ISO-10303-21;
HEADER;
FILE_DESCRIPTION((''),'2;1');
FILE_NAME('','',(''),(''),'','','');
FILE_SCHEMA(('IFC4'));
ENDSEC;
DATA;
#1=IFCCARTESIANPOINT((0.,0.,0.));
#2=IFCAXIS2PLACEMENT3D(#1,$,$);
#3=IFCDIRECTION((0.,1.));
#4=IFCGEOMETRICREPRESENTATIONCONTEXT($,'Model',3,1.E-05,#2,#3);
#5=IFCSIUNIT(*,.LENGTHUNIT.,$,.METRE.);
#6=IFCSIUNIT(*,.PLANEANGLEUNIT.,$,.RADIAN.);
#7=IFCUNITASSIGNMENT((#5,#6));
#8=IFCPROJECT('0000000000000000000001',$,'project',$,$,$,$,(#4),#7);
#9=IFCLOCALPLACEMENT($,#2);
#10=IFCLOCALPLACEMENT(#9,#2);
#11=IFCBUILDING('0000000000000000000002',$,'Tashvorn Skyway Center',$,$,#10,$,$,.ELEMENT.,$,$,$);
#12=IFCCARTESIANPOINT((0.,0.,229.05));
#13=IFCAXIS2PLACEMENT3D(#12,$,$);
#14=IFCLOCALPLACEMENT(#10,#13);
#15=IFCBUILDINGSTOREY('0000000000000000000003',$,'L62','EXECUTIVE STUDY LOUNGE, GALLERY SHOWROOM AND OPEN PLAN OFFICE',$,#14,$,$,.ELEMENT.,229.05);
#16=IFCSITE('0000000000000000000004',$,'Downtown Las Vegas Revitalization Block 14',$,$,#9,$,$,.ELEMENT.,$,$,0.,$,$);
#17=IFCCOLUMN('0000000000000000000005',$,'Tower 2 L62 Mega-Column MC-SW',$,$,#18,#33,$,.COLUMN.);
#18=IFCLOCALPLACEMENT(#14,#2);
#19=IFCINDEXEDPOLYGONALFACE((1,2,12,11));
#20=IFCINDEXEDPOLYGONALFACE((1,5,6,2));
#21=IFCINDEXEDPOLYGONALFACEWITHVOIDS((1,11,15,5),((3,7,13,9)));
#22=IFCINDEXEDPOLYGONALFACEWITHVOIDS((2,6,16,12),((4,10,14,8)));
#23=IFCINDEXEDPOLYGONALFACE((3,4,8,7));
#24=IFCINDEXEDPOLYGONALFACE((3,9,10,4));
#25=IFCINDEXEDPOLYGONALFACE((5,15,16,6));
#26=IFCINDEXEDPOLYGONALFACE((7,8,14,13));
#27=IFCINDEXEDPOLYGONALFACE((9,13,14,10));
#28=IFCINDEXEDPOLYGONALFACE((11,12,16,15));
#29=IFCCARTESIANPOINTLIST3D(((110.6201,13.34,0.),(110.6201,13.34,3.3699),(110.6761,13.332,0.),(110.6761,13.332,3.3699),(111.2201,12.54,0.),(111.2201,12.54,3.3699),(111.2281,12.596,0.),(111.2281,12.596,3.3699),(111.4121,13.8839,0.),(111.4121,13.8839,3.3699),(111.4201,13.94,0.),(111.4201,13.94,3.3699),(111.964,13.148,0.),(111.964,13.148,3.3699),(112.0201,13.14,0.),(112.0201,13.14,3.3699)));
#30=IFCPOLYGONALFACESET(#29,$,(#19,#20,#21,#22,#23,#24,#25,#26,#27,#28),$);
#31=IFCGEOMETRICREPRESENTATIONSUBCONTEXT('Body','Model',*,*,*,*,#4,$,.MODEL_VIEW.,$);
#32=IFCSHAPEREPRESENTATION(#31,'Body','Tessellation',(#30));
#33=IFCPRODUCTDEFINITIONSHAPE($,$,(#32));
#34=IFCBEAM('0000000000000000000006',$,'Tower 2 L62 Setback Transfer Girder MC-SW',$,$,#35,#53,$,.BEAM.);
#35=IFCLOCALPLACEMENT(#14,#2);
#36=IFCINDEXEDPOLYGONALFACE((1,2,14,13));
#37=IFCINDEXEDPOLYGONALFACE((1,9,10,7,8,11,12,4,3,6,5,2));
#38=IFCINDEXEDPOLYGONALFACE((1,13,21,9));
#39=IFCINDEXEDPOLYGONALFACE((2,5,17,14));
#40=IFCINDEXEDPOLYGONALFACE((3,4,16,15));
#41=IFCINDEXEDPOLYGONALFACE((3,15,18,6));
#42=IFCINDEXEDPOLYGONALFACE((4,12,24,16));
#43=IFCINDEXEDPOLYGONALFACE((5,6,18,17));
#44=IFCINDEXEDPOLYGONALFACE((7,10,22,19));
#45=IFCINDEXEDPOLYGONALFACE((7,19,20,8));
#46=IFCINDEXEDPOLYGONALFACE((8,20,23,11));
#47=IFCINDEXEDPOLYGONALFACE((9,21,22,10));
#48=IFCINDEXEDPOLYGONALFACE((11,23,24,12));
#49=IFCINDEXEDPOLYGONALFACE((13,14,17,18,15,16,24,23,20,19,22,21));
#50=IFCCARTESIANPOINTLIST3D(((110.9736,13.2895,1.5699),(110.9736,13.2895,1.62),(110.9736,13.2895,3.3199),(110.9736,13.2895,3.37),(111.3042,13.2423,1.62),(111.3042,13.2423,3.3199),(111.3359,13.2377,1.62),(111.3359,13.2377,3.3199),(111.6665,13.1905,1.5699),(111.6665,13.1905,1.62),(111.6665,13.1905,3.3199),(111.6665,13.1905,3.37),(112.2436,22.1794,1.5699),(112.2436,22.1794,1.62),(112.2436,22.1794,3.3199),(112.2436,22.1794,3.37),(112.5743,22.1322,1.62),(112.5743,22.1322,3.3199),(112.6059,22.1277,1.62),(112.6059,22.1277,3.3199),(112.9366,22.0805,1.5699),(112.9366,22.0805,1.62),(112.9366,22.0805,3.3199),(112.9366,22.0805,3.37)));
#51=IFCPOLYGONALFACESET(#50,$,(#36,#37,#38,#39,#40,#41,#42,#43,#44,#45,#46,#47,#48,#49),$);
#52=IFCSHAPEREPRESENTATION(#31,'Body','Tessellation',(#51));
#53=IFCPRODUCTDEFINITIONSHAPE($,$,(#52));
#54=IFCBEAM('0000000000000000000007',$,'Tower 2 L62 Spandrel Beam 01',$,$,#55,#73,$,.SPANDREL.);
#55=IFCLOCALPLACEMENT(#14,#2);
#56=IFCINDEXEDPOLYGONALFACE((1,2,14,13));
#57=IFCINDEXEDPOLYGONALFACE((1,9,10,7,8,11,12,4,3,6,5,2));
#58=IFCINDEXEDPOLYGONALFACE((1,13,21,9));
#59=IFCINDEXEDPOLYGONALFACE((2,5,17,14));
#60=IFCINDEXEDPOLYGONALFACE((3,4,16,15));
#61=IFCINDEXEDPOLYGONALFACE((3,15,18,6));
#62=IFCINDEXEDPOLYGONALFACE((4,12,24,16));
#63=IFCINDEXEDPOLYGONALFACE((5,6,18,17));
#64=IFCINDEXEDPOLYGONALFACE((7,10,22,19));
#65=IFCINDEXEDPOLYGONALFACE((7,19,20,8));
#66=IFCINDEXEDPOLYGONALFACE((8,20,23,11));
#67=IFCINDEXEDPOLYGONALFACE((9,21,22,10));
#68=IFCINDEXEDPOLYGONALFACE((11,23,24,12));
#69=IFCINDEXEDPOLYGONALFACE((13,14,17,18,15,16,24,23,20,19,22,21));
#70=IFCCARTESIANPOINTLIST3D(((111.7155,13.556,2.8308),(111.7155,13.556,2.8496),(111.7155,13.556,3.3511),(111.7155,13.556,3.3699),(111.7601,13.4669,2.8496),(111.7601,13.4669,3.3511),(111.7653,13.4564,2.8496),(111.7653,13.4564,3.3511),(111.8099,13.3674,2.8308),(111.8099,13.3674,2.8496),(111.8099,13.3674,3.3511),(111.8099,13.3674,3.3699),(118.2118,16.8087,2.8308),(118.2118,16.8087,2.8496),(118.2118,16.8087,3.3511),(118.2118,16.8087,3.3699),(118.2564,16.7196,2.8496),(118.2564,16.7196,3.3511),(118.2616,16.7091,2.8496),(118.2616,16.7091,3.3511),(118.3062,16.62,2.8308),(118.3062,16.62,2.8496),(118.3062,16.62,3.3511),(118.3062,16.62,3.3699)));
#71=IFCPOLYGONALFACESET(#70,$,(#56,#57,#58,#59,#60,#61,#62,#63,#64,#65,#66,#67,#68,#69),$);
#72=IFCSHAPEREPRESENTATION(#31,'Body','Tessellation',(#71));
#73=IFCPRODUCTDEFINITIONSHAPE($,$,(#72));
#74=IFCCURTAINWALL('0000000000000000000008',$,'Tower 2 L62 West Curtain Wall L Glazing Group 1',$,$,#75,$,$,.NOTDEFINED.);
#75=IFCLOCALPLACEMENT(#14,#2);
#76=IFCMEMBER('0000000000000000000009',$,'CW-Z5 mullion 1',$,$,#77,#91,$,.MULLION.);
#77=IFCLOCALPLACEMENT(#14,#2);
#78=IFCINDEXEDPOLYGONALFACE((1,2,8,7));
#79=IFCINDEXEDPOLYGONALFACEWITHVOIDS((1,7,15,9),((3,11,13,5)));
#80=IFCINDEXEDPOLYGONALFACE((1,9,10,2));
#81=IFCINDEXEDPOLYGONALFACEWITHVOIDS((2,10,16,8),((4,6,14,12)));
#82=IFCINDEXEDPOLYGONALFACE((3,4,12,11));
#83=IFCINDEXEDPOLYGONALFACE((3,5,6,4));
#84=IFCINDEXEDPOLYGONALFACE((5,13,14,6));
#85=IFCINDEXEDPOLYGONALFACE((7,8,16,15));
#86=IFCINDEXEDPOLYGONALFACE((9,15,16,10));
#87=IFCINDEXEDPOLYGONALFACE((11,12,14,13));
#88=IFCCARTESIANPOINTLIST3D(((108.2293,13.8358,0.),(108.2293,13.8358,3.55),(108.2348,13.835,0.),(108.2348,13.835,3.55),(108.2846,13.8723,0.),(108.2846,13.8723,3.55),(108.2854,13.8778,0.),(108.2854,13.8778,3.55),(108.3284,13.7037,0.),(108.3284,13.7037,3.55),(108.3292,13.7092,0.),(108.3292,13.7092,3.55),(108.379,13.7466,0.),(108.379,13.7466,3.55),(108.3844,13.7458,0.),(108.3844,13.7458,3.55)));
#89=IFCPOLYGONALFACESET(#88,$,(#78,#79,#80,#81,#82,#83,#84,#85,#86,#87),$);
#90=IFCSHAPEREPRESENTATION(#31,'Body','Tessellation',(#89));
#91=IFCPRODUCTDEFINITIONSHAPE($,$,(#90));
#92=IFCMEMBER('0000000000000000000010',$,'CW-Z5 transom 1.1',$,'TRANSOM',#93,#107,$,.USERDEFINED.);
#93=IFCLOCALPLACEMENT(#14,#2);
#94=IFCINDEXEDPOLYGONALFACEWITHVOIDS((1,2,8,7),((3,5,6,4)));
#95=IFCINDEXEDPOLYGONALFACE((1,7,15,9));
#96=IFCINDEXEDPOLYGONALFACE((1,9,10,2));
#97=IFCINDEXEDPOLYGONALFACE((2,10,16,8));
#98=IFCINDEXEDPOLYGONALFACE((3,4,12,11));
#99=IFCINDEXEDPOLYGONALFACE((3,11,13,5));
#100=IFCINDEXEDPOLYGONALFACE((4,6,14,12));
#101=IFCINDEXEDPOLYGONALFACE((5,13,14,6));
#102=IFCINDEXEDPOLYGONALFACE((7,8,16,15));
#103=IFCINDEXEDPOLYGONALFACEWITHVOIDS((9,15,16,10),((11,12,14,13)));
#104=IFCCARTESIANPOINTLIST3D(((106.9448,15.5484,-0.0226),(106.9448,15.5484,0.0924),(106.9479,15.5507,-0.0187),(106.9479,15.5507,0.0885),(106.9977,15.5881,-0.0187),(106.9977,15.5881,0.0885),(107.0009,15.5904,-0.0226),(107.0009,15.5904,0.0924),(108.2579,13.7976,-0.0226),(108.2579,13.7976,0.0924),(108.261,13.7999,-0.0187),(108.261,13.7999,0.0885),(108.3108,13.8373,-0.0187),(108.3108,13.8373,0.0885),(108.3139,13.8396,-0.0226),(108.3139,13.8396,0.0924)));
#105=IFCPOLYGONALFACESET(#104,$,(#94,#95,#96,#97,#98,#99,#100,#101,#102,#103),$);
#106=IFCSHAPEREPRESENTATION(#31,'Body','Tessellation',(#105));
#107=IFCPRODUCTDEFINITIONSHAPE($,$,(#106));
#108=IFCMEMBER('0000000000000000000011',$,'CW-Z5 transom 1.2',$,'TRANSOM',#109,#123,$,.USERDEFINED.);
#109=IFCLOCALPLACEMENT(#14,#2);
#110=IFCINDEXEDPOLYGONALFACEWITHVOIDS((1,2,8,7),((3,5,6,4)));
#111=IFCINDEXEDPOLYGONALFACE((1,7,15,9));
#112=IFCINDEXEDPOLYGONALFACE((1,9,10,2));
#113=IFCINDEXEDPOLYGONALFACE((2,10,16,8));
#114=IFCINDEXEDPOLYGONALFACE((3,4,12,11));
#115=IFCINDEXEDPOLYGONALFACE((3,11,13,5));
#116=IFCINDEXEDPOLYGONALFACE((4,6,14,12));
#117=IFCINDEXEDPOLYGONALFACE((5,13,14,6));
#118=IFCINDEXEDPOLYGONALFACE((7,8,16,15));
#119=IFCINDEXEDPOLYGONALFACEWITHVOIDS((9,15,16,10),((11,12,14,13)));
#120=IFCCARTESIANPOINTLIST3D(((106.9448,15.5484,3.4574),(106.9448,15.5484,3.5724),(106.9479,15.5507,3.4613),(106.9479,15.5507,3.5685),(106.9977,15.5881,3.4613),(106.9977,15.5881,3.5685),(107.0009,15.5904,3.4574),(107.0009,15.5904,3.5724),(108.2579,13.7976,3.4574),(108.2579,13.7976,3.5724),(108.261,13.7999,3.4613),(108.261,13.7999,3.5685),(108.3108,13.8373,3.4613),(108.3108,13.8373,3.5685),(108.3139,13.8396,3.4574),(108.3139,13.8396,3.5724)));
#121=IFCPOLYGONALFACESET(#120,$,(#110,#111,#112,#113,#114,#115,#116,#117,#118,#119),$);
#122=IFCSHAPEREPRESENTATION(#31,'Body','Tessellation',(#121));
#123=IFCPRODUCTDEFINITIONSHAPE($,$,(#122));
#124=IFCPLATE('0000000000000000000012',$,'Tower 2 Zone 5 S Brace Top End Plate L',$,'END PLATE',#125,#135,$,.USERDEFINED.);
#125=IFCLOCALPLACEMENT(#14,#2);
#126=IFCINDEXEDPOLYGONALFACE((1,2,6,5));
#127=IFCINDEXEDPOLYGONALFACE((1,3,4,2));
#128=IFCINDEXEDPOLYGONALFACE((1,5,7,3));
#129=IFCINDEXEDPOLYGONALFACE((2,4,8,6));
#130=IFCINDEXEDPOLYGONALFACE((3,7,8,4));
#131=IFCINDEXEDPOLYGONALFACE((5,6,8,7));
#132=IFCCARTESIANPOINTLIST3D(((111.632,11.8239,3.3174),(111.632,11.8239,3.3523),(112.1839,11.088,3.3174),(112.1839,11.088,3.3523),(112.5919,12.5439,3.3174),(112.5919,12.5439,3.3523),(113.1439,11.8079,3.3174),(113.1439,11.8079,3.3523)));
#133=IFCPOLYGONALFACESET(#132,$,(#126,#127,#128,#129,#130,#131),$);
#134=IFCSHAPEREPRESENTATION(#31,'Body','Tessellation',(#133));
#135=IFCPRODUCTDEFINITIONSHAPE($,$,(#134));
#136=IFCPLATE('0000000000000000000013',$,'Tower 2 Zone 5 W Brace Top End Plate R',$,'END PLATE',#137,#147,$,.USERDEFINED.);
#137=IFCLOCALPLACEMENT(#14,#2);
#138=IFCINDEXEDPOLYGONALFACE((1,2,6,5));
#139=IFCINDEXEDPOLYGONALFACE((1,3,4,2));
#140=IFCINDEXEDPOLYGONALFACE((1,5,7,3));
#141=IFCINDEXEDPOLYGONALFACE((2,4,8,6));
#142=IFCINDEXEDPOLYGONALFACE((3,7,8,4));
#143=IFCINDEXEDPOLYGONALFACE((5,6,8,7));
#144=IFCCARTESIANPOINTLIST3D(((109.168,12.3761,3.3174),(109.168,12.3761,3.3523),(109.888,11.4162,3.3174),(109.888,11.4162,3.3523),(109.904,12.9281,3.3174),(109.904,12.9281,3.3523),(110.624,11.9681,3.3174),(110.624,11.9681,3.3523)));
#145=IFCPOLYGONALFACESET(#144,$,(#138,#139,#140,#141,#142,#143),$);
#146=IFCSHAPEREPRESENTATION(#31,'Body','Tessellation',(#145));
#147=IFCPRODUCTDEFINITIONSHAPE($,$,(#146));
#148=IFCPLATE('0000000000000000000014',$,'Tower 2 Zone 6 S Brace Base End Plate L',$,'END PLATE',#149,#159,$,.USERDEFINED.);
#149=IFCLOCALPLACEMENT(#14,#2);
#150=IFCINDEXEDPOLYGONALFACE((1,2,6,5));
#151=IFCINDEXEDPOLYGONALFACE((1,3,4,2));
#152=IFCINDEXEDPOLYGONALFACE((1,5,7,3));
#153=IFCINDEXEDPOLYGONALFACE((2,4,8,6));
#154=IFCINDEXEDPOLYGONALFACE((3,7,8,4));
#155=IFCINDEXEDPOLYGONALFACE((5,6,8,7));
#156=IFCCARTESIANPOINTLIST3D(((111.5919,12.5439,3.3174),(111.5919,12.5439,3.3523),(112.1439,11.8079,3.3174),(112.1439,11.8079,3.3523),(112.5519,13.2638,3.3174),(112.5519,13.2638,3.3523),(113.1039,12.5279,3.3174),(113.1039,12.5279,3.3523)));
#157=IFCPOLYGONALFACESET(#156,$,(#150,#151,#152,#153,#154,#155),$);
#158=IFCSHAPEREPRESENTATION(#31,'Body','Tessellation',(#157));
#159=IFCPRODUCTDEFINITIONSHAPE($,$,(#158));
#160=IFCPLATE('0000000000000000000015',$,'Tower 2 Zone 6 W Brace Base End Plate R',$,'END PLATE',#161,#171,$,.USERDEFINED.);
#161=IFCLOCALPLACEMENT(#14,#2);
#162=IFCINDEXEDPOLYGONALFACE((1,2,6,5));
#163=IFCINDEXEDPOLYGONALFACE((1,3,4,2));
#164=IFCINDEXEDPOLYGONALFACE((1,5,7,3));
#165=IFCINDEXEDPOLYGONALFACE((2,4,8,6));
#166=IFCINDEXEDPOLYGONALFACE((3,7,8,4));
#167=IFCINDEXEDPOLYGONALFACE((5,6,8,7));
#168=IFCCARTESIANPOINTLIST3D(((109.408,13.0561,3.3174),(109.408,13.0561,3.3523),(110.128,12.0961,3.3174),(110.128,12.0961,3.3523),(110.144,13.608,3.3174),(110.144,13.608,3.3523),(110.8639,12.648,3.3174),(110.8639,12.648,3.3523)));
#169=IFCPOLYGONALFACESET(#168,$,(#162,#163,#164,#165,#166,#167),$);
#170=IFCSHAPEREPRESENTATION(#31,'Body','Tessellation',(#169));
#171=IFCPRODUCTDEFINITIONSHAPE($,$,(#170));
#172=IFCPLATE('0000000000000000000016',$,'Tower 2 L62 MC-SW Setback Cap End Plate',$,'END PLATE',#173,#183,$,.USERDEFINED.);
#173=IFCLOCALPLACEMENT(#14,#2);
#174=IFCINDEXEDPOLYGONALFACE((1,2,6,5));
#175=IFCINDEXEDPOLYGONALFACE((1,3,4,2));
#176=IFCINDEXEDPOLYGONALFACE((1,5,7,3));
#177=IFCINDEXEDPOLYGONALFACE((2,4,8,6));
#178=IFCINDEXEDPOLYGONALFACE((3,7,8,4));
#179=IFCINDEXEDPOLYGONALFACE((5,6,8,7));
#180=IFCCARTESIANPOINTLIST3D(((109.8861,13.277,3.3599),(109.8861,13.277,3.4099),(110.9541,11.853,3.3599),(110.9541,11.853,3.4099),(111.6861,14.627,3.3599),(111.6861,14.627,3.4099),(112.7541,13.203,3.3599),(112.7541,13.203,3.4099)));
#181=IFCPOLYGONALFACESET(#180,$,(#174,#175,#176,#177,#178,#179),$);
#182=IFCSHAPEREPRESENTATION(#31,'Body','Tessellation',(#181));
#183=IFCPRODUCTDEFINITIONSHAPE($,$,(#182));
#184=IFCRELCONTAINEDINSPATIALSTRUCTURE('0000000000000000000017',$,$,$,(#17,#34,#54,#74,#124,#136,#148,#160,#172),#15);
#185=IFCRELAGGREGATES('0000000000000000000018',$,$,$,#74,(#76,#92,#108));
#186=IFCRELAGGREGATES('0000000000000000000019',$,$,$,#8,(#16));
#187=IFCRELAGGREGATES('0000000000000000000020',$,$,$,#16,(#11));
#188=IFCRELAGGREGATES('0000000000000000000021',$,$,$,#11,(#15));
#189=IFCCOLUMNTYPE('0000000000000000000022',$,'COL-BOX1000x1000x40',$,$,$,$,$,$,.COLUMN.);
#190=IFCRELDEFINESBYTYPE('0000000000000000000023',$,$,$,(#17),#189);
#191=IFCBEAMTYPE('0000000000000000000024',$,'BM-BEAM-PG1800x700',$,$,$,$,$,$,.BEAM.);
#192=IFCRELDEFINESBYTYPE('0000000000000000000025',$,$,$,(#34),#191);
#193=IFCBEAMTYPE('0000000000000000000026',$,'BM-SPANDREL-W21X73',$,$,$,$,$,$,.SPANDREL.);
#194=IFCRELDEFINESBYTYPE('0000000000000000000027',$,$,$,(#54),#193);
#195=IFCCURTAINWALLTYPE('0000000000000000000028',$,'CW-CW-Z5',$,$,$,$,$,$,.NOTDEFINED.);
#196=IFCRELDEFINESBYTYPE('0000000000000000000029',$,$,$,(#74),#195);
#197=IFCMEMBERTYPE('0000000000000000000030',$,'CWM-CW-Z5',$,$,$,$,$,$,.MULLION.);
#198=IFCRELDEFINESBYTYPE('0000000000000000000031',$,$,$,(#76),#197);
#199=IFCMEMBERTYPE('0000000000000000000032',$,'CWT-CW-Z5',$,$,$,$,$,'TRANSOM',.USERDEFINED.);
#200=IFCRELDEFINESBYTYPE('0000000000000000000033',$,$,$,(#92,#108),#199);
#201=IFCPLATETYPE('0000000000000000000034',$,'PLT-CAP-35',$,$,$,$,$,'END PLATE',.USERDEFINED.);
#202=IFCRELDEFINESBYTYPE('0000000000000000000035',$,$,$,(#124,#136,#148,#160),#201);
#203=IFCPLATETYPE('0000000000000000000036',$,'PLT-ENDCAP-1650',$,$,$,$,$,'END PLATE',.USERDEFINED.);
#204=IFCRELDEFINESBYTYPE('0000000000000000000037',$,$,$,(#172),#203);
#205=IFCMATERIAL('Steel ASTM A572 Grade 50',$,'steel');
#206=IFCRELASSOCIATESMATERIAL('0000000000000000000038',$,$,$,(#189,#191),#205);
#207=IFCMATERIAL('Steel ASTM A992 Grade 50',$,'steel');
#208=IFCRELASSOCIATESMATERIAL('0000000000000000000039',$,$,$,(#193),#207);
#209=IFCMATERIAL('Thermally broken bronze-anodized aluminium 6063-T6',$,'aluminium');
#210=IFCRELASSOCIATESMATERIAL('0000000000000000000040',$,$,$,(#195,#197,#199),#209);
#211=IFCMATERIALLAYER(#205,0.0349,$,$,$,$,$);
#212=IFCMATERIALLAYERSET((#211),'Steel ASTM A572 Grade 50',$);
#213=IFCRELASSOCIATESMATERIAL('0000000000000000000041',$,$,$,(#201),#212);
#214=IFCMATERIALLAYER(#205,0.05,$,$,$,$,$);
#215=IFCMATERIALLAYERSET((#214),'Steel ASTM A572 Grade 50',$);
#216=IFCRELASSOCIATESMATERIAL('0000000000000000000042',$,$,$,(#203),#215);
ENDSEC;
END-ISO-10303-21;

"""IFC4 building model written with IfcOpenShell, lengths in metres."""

from ifc_helpers import new_model, si_unit, direction, frame, origin, origin_2d, place, context, subcontext, project, spatial, rectangle, hollow_rectangle, i_section, extrude, material, layer, layer_set, material_profile, profile_set, type_object, element, aggregate, save


model = new_model("IFC4")

# Units and contexts
model_context = context("Model", 3, precision=1e-05, world=origin(), true_north=direction((0.0, 1.0)))
body_context = subcontext(model_context, "Body", "Model", "MODEL_VIEW")
ifc_project = project(units=[si_unit("LENGTHUNIT", "METRE"), si_unit("PLANEANGLEUNIT", "RADIAN")], contexts=[model_context])

# Site, building, storey
site_placement = place(None, origin())
site = spatial("IfcSite", under=ifc_project, at=site_placement, Name="Downtown Las Vegas Revitalization Block 14", CompositionType="ELEMENT", RefElevation=0.0)
building_placement = place(site_placement, origin())
building = spatial("IfcBuilding", under=site, at=building_placement, Name="Tashvorn Skyway Center", CompositionType="ELEMENT")
storey_placement = place(building_placement, frame((0.0, 0.0, 229.05)))
storey = spatial("IfcBuildingStorey", under=building, at=storey_placement, Name="L62", Description="EXECUTIVE STUDY LOUNGE, GALLERY SHOWROOM AND OPEN PLAN OFFICE", CompositionType="ELEMENT", Elevation=229.05)

# Column
ifc_material_1 = material(Name="Steel ASTM A572 Grade 50", Category="steel")
ifc_material_profile_1 = material_profile(ifc_material_1, hollow_rectangle(XDim=1.0, YDim=1.0, WallThickness=0.04, at=origin_2d()), Name="BOX1000x1000x40")
ifc_profile_set_1 = profile_set([ifc_material_profile_1], Name="Steel ASTM A572 Grade 50")
column_type = type_object("IfcColumnType", Name="COL-BOX1000x1000x40", PredefinedType="COLUMN", material=ifc_profile_set_1)
column_placement = place(storey_placement, frame((111.3201, 13.24, 0.0), z_axis=(0.0, 0.0, 1.0), x_axis=(0.8, 0.6, 0.0)))
element("IfcColumn", 1, at=column_placement, inside=storey, type_object=column_type, Name="Tower 2 L62 Mega-Column MC-SW", PredefinedType="COLUMN", context=body_context, shape_type="SweptSolid", body=[
    extrude(hollow_rectangle(XDim=1.0, YDim=1.0, WallThickness=0.04, at=origin_2d()), origin(), (0.0, 0.0, 1.0), 3.3699),
])

# Beams
ifc_material_profile_2 = material_profile(ifc_material_1, i_section(OverallWidth=0.7, OverallDepth=1.8, WebThickness=0.032, FlangeThickness=0.05, at=origin_2d()), Name="PG1800x700")
ifc_profile_set_2 = profile_set([ifc_material_profile_2], Name="Steel ASTM A572 Grade 50")
beam_type_1 = type_object("IfcBeamType", Name="BM-BEAM-PG1800x700", PredefinedType="BEAM", material=ifc_profile_set_2)
beam_1_placement = place(storey_placement, frame((111.3201, 13.24, 2.47), z_axis=(0.141425, 0.989949, 0.0), x_axis=(-0.989949, 0.141425, 0.0)))
element("IfcBeam", 2, at=beam_1_placement, inside=storey, type_object=beam_type_1, Name="Tower 2 L62 Setback Transfer Girder MC-SW", PredefinedType="BEAM", context=body_context, shape_type="SweptSolid", body=[
    extrude(i_section(OverallWidth=0.7, OverallDepth=1.8, WebThickness=0.032, FlangeThickness=0.05, at=origin_2d()), origin(), (0.0, 0.0, 1.0), 8.9802),
])
ifc_material_2 = material(Name="Steel ASTM A992 Grade 50", Category="steel")
ifc_material_profile_3 = material_profile(ifc_material_2, i_section(OverallWidth=0.2109, OverallDepth=0.5391, WebThickness=0.0117, FlangeThickness=0.0188, at=origin_2d()), Name="W21X73")
ifc_profile_set_3 = profile_set([ifc_material_profile_3], Name="Steel ASTM A992 Grade 50")
beam_type_2 = type_object("IfcBeamType", Name="BM-SPANDREL-W21X73", PredefinedType="SPANDREL", material=ifc_profile_set_3)
beam_2_placement = place(storey_placement, frame((111.7627, 13.4617, 3.1003), z_axis=(0.894178, 0.447711, 0.0), x_axis=(-0.447711, 0.894178, 0.0)))
element("IfcBeam", 3, at=beam_2_placement, inside=storey, type_object=beam_type_2, Name="Tower 2 L62 Spandrel Beam 01", PredefinedType="SPANDREL", context=body_context, shape_type="SweptSolid", body=[
    extrude(i_section(OverallWidth=0.2109, OverallDepth=0.5391, WebThickness=0.0117, FlangeThickness=0.0188, at=origin_2d()), origin(), (0.0, 0.0, 1.0), 7.2651),
])

# Curtain wall, members
ifc_material_3 = material(Name="Thermally broken bronze-anodized aluminium 6063-T6", Category="aluminium")
curtain_wall_type = type_object("IfcCurtainWallType", Name="CW-CW-Z5", PredefinedType="NOTDEFINED", material=ifc_material_3)
curtain_wall_placement = place(storey_placement, origin())
curtain_wall = element("IfcCurtainWall", 4, at=curtain_wall_placement, inside=storey, type_object=curtain_wall_type, Name="Tower 2 L62 West Curtain Wall L Glazing Group 1", PredefinedType="NOTDEFINED")
ifc_material_profile_4 = material_profile(ifc_material_3, hollow_rectangle(XDim=0.0701, YDim=0.165, WallThickness=0.0039, at=origin_2d()), Name="ALU-MULL-70x165")
ifc_profile_set_4 = profile_set([ifc_material_profile_4], Name="Thermally broken bronze-anodized aluminium 6063-T6")
member_type_1 = type_object("IfcMemberType", Name="CWM-CW-Z5", PredefinedType="MULLION", material=ifc_profile_set_4)
member_1_placement = place(storey_placement, frame((108.3069, 13.7908, 0.0), z_axis=(0.0, 0.0, 1.0), x_axis=(-0.799997, -0.600003, 0.0)))
member_1 = element("IfcMember", 5, at=member_1_placement, type_object=member_type_1, Name="CW-Z5 mullion 1", PredefinedType="MULLION", context=body_context, shape_type="SweptSolid", body=[
    extrude(hollow_rectangle(XDim=0.0701, YDim=0.165, WallThickness=0.0039, at=origin_2d()), origin(), (0.0, 0.0, 1.0), 3.55),
])
ifc_material_profile_5 = material_profile(ifc_material_3, hollow_rectangle(XDim=0.0701, YDim=0.115, WallThickness=0.0039, at=origin_2d()), Name="ALU-TRAN-70x115")
ifc_profile_set_5 = profile_set([ifc_material_profile_5], Name="Thermally broken bronze-anodized aluminium 6063-T6")
member_type_2 = type_object("IfcMemberType", Name="CWT-CW-Z5", ElementType="TRANSOM", PredefinedType="USERDEFINED", material=ifc_profile_set_5)
member_2_placement = place(storey_placement, frame((108.2859, 13.8186, 0.0349), z_axis=(-0.599982, 0.800013, 0.0), x_axis=(-0.800013, -0.599982, 0.0)))
member_2 = element("IfcMember", 6, at=member_2_placement, type_object=member_type_2, Name="CW-Z5 transom 1.1", ObjectType="TRANSOM", PredefinedType="USERDEFINED", context=body_context, shape_type="SweptSolid", body=[
    extrude(hollow_rectangle(XDim=0.0701, YDim=0.115, WallThickness=0.0039, at=origin_2d()), origin(), (0.0, 0.0, 1.0), 2.1885),
])
member_3_placement = place(storey_placement, frame((108.2859, 13.8186, 3.5149), z_axis=(-0.599982, 0.800013, 0.0), x_axis=(-0.800013, -0.599982, 0.0)))
member_3 = element("IfcMember", 7, at=member_3_placement, type_object=member_type_2, Name="CW-Z5 transom 1.2", ObjectType="TRANSOM", PredefinedType="USERDEFINED", context=body_context, shape_type="SweptSolid", body=[
    extrude(hollow_rectangle(XDim=0.0701, YDim=0.115, WallThickness=0.0039, at=origin_2d()), origin(), (0.0, 0.0, 1.0), 2.1885),
])
aggregate(curtain_wall, [member_1, member_2, member_3])

# Plates
ifc_layer_1 = layer(ifc_material_1, 0.0349)
ifc_layer_set_1 = layer_set([ifc_layer_1], Name="Steel ASTM A572 Grade 50")
plate_type_1 = type_object("IfcPlateType", Name="PLT-CAP-35", ElementType="END PLATE", PredefinedType="USERDEFINED", material=ifc_layer_set_1)
for number, where, z_axis, x_axis, name in (
    (8, (112.3879, 11.8159, 3.3174), (0.0, 0.0, 1.0), (0.8, 0.6, 0.0), "Tower 2 Zone 5 S Brace Top End Plate L"),
    (9, (109.896, 12.1721, 3.3174), (0.0, 0.0, 1.0), (0.6, -0.8, 0.0), "Tower 2 Zone 5 W Brace Top End Plate R"),
    (10, (112.3479, 12.5359, 3.3174), (0.0, 0.0, 1.0), (0.8, 0.6, 0.0), "Tower 2 Zone 6 S Brace Base End Plate L"),
    (11, (110.136, 12.8521, 3.3174), (0.0, 0.0, 1.0), (0.6, -0.8, 0.0), "Tower 2 Zone 6 W Brace Base End Plate R"),
):
    element("IfcPlate", number, at=place(storey_placement, frame(where, z_axis=z_axis, x_axis=x_axis)), inside=storey, type_object=plate_type_1, Name=name, ObjectType="END PLATE", PredefinedType="USERDEFINED", context=body_context, shape_type="SweptSolid", body=[
        extrude(rectangle(XDim=1.2, YDim=0.9199, at=origin_2d()), origin(), (0.0, 0.0, 1.0), 0.0349),
    ])
ifc_layer_2 = layer(ifc_material_1, 0.05)
ifc_layer_set_2 = layer_set([ifc_layer_2], Name="Steel ASTM A572 Grade 50")
plate_type_2 = type_object("IfcPlateType", Name="PLT-ENDCAP-1650", ElementType="END PLATE", PredefinedType="USERDEFINED", material=ifc_layer_set_2)
plate_1_placement = place(storey_placement, frame((111.3201, 13.24, 3.3599), z_axis=(0.0, 0.0, 1.0), x_axis=(0.8, 0.6, 0.0)))
element("IfcPlate", 12, at=plate_1_placement, inside=storey, type_object=plate_type_2, Name="Tower 2 L62 MC-SW Setback Cap End Plate", ObjectType="END PLATE", PredefinedType="USERDEFINED", context=body_context, shape_type="SweptSolid", body=[
    extrude(rectangle(XDim=2.25, YDim=1.78, at=origin_2d()), origin(), (0.0, 0.0, 1.0), 0.05),
])

save(model, "model.ifc")
